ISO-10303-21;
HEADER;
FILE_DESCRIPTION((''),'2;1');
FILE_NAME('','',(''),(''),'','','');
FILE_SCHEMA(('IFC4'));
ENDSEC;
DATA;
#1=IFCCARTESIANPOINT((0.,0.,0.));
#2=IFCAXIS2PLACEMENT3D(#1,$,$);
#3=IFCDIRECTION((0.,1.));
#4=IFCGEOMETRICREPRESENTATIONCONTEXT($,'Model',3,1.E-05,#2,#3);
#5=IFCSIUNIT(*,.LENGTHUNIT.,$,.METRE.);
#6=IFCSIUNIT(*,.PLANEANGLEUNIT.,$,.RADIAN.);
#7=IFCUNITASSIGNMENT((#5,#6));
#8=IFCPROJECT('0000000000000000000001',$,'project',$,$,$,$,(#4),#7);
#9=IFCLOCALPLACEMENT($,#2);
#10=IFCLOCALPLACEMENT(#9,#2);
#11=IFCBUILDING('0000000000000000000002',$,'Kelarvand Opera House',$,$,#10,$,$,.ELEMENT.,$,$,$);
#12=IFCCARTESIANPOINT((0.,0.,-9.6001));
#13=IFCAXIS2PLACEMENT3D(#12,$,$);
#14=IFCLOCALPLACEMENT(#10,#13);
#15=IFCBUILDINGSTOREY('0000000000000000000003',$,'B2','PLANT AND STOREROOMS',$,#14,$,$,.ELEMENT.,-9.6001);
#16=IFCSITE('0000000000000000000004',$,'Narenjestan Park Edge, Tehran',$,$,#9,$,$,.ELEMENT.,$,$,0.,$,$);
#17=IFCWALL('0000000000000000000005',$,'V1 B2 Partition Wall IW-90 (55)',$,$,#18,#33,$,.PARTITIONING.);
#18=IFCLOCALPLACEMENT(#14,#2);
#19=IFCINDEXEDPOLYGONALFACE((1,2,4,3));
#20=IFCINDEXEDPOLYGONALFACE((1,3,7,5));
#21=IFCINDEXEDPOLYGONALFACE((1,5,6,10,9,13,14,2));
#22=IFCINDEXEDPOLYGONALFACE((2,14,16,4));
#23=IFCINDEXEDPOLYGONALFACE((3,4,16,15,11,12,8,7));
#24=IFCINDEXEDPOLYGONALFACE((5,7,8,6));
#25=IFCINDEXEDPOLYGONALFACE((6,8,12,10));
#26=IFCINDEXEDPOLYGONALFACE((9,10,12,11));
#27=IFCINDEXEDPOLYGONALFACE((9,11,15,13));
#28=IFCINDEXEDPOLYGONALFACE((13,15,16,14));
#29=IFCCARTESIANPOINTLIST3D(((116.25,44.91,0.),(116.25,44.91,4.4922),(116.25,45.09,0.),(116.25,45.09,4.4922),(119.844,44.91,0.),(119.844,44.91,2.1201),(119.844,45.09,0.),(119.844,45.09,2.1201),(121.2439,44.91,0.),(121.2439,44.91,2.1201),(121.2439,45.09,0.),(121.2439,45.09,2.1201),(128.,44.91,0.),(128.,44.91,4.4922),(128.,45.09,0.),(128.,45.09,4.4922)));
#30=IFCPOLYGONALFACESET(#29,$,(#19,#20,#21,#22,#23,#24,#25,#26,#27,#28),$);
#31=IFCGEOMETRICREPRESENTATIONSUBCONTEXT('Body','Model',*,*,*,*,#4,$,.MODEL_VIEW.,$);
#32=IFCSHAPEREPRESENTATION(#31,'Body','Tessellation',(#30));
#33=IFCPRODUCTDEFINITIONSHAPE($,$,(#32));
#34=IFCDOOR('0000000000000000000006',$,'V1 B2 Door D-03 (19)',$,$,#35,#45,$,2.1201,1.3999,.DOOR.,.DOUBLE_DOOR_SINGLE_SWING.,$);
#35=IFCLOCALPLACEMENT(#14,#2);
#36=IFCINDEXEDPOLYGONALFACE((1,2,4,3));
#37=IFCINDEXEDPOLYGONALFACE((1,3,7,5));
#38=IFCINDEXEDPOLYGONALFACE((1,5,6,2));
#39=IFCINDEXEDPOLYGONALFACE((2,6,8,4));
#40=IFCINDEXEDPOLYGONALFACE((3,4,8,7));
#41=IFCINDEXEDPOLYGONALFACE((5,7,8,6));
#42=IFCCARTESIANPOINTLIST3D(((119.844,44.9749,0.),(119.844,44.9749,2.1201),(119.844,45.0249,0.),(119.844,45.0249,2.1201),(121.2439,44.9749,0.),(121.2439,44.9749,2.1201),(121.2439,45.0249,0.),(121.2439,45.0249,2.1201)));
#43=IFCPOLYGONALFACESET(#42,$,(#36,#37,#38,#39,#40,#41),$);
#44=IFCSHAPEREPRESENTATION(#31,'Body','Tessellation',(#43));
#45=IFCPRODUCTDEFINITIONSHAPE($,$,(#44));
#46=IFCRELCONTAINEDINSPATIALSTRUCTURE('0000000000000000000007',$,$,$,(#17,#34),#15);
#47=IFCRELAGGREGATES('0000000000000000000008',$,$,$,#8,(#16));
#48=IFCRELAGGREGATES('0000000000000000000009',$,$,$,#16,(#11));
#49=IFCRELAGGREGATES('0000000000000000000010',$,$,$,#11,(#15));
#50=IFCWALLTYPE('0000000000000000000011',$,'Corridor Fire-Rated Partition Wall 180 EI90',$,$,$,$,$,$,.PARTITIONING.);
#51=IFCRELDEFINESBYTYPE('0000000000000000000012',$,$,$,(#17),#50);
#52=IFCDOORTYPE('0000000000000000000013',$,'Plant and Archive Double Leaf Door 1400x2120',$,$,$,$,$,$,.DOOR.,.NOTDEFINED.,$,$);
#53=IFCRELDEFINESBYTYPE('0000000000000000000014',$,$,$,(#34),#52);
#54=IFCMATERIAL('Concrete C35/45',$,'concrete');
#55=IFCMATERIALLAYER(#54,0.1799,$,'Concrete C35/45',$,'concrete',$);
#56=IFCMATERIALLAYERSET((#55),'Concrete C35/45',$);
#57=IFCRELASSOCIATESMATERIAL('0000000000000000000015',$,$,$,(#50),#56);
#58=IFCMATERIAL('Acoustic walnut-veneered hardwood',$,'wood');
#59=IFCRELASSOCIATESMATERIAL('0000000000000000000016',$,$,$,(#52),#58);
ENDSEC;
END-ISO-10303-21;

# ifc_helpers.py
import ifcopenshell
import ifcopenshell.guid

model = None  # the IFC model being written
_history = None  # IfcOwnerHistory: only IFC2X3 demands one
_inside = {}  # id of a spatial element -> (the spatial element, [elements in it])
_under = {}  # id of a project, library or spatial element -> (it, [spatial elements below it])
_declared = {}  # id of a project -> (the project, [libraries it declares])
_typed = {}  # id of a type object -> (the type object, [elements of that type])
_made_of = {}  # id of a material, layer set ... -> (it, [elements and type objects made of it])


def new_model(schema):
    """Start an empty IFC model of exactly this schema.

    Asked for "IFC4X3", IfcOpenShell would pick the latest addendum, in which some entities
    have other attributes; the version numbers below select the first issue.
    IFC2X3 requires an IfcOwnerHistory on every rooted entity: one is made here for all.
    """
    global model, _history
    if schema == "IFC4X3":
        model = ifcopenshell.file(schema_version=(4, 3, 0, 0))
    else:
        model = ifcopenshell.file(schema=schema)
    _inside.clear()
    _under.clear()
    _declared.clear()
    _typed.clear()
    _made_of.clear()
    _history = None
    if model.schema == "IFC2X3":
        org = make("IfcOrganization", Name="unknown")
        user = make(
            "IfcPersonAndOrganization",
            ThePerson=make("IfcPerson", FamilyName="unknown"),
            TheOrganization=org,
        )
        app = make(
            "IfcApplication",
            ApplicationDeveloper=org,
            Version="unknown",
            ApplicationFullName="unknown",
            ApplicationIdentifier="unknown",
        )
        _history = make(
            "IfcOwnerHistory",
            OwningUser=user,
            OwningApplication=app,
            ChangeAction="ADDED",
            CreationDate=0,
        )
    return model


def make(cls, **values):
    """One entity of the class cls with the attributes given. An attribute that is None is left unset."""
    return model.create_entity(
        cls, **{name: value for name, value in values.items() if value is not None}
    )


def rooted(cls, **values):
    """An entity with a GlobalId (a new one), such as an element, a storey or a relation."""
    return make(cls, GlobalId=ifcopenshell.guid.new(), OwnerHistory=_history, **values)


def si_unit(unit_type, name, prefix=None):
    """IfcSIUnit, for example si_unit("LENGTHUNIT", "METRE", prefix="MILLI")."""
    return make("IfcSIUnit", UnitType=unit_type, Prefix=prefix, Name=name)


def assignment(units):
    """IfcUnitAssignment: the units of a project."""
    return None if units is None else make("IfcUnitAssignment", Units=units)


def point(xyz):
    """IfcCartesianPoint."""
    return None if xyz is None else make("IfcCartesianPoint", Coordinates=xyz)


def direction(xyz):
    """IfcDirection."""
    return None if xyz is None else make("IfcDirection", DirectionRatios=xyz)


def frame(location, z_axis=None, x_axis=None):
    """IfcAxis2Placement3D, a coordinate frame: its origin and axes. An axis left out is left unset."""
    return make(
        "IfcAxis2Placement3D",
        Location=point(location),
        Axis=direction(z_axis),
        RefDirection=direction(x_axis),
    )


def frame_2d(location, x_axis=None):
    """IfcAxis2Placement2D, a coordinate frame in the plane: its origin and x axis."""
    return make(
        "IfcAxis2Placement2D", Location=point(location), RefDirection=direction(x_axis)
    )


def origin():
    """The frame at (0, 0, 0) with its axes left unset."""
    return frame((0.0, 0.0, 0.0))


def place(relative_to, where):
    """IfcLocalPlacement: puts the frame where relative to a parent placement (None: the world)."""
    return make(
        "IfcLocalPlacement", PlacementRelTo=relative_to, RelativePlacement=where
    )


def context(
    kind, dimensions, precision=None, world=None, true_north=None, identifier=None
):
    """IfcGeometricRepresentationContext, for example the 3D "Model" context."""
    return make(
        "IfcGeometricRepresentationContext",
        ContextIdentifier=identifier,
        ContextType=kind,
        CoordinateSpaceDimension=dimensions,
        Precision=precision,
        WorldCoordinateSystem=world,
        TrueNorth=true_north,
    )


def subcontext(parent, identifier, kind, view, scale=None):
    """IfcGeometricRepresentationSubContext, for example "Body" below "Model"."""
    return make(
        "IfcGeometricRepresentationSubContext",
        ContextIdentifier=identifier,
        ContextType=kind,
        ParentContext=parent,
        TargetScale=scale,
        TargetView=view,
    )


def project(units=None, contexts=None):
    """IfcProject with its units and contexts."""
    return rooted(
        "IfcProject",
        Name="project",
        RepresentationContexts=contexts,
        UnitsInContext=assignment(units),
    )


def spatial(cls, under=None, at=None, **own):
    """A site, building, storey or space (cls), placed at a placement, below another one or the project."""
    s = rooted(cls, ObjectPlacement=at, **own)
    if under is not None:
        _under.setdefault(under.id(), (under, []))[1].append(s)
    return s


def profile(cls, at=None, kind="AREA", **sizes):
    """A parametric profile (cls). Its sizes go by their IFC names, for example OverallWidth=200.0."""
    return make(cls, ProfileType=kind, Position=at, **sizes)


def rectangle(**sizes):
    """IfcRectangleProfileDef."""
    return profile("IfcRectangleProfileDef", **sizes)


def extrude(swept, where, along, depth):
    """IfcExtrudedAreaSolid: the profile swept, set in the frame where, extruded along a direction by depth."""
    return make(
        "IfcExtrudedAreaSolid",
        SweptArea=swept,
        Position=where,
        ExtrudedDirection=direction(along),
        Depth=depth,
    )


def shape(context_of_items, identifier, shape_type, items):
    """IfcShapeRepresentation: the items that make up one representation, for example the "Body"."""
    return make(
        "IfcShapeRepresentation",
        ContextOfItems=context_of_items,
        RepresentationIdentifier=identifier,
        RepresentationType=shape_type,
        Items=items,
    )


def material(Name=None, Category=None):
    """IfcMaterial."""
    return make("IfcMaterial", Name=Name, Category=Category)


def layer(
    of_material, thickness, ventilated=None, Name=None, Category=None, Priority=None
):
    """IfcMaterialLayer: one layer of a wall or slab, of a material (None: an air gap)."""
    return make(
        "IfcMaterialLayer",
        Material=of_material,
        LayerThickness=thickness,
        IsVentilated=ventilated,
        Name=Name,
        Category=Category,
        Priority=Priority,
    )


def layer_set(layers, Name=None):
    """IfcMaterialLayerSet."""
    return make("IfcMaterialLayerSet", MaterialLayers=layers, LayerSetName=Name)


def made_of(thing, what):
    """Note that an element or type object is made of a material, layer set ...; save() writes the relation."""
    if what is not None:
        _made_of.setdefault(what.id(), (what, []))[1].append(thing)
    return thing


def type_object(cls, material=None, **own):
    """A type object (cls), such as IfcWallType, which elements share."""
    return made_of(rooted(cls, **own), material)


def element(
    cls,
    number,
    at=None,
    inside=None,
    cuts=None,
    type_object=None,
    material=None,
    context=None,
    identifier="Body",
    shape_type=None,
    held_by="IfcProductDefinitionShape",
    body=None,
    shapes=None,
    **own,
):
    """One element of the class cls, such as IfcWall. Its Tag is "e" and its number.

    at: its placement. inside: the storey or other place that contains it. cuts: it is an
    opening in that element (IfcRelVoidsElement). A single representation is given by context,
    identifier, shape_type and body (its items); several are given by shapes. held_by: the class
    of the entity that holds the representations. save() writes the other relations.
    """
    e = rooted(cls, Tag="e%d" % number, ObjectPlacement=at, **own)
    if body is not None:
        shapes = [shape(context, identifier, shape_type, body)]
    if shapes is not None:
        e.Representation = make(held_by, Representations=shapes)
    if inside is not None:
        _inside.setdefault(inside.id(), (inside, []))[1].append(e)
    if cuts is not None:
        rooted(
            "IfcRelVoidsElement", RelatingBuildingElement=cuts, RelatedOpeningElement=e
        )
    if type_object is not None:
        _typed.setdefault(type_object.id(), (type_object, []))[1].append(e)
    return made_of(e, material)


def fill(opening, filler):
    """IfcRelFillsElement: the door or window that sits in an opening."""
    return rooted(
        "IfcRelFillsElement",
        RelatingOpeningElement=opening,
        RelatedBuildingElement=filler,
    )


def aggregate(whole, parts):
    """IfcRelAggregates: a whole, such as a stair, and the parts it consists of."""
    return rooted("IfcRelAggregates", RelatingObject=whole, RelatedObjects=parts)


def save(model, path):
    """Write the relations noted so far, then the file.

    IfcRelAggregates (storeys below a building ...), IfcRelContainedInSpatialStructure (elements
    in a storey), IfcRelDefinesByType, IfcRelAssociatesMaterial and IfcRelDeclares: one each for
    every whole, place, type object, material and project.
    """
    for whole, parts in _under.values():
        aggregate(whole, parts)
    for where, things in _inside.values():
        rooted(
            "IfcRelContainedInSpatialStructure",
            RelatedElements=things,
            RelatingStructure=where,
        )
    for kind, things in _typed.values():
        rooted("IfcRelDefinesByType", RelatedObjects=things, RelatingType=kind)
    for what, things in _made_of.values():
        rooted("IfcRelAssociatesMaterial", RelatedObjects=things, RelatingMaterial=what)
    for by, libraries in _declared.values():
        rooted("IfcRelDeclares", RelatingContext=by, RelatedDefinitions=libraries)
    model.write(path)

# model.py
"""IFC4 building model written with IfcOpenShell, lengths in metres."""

from ifc_helpers import new_model, si_unit, direction, frame, frame_2d, origin, place, context, subcontext, project, spatial, rectangle, extrude, material, layer, layer_set, type_object, element, fill, save


model = new_model("IFC4")

# Units and contexts
model_context = context("Model", 3, precision=1e-05, world=origin(), true_north=direction((0.0, 1.0)))
body_context = subcontext(model_context, "Body", "Model", "MODEL_VIEW")
ifc_project = project(units=[si_unit("LENGTHUNIT", "METRE"), si_unit("PLANEANGLEUNIT", "RADIAN")], contexts=[model_context])

# Site, building, storey
site_placement = place(None, origin())
site = spatial("IfcSite", under=ifc_project, at=site_placement, Name="Narenjestan Park Edge, Tehran", CompositionType="ELEMENT", RefElevation=0.0)
building_placement = place(site_placement, origin())
building = spatial("IfcBuilding", under=site, at=building_placement, Name="Kelarvand Opera House", CompositionType="ELEMENT")
storey_placement = place(building_placement, frame((0.0, 0.0, -9.6001)))
storey = spatial("IfcBuildingStorey", under=building, at=storey_placement, Name="B2", Description="PLANT AND STOREROOMS", CompositionType="ELEMENT", Elevation=-9.6001)

# Shared definitions
ifc_material_1 = material(Name="Concrete C35/45", Category="concrete")

# Wall, opening, door
ifc_layer_1 = layer(ifc_material_1, 0.1799, Name="Concrete C35/45", Category="concrete")
ifc_layer_set_1 = layer_set([ifc_layer_1], Name="Concrete C35/45")
wall_type_1 = type_object("IfcWallType", Name="Corridor Fire-Rated Partition Wall 180 EI90", PredefinedType="PARTITIONING", material=ifc_layer_set_1)
wall_1_placement = place(storey_placement, frame((116.25, 45.0, 0.0), z_axis=(0.0, 0.0, 1.0), x_axis=(1.0, 0.0, 0.0)))
wall_1 = element("IfcWall", 1, at=wall_1_placement, inside=storey, type_object=wall_type_1, Name="V1 B2 Partition Wall IW-90 (55)", PredefinedType="PARTITIONING", context=body_context, shape_type="SweptSolid", body=[
    extrude(rectangle(XDim=11.75, YDim=0.1799, at=frame_2d((5.875, 0.0))), origin(), (0.0, 0.0, 1.0), 4.4922),
])
opening_placement = place(wall_1_placement, frame((3.594, 0.0, 0.0)))
opening = element("IfcOpeningElement", 2, at=opening_placement, cuts=wall_1, PredefinedType="OPENING", context=body_context, shape_type="SweptSolid", body=[
    extrude(rectangle(XDim=1.3999, YDim=2.1201, at=frame_2d((0.7, 1.0601))), frame((0.0, 0.1001, 0.0), z_axis=(0.0, -1.0, 0.0), x_axis=(1.0, 0.0, 0.0)), (0.0, 0.0, 1.0), 0.2),
])
ifc_material_2 = material(Name="Acoustic walnut-veneered hardwood", Category="wood")
door_type = type_object("IfcDoorType", Name="Plant and Archive Double Leaf Door 1400x2120", OperationType="NOTDEFINED", PredefinedType="DOOR", material=ifc_material_2)
door_placement = place(opening_placement, origin())
door = element("IfcDoor", 3, at=door_placement, inside=storey, type_object=door_type, Name="V1 B2 Door D-03 (19)", OperationType="DOUBLE_DOOR_SINGLE_SWING", OverallHeight=2.1201, OverallWidth=1.3999, PredefinedType="DOOR", context=body_context, shape_type="SweptSolid", body=[
    extrude(rectangle(XDim=1.3999, YDim=2.1201, at=frame_2d((0.7, 1.0601))), frame((0.0, 0.0249, 0.0), z_axis=(0.0, -1.0, 0.0), x_axis=(1.0, 0.0, 0.0)), (0.0, 0.0, 1.0), 0.05),
])
fill(opening, door)

save(model, "model.ifc")
